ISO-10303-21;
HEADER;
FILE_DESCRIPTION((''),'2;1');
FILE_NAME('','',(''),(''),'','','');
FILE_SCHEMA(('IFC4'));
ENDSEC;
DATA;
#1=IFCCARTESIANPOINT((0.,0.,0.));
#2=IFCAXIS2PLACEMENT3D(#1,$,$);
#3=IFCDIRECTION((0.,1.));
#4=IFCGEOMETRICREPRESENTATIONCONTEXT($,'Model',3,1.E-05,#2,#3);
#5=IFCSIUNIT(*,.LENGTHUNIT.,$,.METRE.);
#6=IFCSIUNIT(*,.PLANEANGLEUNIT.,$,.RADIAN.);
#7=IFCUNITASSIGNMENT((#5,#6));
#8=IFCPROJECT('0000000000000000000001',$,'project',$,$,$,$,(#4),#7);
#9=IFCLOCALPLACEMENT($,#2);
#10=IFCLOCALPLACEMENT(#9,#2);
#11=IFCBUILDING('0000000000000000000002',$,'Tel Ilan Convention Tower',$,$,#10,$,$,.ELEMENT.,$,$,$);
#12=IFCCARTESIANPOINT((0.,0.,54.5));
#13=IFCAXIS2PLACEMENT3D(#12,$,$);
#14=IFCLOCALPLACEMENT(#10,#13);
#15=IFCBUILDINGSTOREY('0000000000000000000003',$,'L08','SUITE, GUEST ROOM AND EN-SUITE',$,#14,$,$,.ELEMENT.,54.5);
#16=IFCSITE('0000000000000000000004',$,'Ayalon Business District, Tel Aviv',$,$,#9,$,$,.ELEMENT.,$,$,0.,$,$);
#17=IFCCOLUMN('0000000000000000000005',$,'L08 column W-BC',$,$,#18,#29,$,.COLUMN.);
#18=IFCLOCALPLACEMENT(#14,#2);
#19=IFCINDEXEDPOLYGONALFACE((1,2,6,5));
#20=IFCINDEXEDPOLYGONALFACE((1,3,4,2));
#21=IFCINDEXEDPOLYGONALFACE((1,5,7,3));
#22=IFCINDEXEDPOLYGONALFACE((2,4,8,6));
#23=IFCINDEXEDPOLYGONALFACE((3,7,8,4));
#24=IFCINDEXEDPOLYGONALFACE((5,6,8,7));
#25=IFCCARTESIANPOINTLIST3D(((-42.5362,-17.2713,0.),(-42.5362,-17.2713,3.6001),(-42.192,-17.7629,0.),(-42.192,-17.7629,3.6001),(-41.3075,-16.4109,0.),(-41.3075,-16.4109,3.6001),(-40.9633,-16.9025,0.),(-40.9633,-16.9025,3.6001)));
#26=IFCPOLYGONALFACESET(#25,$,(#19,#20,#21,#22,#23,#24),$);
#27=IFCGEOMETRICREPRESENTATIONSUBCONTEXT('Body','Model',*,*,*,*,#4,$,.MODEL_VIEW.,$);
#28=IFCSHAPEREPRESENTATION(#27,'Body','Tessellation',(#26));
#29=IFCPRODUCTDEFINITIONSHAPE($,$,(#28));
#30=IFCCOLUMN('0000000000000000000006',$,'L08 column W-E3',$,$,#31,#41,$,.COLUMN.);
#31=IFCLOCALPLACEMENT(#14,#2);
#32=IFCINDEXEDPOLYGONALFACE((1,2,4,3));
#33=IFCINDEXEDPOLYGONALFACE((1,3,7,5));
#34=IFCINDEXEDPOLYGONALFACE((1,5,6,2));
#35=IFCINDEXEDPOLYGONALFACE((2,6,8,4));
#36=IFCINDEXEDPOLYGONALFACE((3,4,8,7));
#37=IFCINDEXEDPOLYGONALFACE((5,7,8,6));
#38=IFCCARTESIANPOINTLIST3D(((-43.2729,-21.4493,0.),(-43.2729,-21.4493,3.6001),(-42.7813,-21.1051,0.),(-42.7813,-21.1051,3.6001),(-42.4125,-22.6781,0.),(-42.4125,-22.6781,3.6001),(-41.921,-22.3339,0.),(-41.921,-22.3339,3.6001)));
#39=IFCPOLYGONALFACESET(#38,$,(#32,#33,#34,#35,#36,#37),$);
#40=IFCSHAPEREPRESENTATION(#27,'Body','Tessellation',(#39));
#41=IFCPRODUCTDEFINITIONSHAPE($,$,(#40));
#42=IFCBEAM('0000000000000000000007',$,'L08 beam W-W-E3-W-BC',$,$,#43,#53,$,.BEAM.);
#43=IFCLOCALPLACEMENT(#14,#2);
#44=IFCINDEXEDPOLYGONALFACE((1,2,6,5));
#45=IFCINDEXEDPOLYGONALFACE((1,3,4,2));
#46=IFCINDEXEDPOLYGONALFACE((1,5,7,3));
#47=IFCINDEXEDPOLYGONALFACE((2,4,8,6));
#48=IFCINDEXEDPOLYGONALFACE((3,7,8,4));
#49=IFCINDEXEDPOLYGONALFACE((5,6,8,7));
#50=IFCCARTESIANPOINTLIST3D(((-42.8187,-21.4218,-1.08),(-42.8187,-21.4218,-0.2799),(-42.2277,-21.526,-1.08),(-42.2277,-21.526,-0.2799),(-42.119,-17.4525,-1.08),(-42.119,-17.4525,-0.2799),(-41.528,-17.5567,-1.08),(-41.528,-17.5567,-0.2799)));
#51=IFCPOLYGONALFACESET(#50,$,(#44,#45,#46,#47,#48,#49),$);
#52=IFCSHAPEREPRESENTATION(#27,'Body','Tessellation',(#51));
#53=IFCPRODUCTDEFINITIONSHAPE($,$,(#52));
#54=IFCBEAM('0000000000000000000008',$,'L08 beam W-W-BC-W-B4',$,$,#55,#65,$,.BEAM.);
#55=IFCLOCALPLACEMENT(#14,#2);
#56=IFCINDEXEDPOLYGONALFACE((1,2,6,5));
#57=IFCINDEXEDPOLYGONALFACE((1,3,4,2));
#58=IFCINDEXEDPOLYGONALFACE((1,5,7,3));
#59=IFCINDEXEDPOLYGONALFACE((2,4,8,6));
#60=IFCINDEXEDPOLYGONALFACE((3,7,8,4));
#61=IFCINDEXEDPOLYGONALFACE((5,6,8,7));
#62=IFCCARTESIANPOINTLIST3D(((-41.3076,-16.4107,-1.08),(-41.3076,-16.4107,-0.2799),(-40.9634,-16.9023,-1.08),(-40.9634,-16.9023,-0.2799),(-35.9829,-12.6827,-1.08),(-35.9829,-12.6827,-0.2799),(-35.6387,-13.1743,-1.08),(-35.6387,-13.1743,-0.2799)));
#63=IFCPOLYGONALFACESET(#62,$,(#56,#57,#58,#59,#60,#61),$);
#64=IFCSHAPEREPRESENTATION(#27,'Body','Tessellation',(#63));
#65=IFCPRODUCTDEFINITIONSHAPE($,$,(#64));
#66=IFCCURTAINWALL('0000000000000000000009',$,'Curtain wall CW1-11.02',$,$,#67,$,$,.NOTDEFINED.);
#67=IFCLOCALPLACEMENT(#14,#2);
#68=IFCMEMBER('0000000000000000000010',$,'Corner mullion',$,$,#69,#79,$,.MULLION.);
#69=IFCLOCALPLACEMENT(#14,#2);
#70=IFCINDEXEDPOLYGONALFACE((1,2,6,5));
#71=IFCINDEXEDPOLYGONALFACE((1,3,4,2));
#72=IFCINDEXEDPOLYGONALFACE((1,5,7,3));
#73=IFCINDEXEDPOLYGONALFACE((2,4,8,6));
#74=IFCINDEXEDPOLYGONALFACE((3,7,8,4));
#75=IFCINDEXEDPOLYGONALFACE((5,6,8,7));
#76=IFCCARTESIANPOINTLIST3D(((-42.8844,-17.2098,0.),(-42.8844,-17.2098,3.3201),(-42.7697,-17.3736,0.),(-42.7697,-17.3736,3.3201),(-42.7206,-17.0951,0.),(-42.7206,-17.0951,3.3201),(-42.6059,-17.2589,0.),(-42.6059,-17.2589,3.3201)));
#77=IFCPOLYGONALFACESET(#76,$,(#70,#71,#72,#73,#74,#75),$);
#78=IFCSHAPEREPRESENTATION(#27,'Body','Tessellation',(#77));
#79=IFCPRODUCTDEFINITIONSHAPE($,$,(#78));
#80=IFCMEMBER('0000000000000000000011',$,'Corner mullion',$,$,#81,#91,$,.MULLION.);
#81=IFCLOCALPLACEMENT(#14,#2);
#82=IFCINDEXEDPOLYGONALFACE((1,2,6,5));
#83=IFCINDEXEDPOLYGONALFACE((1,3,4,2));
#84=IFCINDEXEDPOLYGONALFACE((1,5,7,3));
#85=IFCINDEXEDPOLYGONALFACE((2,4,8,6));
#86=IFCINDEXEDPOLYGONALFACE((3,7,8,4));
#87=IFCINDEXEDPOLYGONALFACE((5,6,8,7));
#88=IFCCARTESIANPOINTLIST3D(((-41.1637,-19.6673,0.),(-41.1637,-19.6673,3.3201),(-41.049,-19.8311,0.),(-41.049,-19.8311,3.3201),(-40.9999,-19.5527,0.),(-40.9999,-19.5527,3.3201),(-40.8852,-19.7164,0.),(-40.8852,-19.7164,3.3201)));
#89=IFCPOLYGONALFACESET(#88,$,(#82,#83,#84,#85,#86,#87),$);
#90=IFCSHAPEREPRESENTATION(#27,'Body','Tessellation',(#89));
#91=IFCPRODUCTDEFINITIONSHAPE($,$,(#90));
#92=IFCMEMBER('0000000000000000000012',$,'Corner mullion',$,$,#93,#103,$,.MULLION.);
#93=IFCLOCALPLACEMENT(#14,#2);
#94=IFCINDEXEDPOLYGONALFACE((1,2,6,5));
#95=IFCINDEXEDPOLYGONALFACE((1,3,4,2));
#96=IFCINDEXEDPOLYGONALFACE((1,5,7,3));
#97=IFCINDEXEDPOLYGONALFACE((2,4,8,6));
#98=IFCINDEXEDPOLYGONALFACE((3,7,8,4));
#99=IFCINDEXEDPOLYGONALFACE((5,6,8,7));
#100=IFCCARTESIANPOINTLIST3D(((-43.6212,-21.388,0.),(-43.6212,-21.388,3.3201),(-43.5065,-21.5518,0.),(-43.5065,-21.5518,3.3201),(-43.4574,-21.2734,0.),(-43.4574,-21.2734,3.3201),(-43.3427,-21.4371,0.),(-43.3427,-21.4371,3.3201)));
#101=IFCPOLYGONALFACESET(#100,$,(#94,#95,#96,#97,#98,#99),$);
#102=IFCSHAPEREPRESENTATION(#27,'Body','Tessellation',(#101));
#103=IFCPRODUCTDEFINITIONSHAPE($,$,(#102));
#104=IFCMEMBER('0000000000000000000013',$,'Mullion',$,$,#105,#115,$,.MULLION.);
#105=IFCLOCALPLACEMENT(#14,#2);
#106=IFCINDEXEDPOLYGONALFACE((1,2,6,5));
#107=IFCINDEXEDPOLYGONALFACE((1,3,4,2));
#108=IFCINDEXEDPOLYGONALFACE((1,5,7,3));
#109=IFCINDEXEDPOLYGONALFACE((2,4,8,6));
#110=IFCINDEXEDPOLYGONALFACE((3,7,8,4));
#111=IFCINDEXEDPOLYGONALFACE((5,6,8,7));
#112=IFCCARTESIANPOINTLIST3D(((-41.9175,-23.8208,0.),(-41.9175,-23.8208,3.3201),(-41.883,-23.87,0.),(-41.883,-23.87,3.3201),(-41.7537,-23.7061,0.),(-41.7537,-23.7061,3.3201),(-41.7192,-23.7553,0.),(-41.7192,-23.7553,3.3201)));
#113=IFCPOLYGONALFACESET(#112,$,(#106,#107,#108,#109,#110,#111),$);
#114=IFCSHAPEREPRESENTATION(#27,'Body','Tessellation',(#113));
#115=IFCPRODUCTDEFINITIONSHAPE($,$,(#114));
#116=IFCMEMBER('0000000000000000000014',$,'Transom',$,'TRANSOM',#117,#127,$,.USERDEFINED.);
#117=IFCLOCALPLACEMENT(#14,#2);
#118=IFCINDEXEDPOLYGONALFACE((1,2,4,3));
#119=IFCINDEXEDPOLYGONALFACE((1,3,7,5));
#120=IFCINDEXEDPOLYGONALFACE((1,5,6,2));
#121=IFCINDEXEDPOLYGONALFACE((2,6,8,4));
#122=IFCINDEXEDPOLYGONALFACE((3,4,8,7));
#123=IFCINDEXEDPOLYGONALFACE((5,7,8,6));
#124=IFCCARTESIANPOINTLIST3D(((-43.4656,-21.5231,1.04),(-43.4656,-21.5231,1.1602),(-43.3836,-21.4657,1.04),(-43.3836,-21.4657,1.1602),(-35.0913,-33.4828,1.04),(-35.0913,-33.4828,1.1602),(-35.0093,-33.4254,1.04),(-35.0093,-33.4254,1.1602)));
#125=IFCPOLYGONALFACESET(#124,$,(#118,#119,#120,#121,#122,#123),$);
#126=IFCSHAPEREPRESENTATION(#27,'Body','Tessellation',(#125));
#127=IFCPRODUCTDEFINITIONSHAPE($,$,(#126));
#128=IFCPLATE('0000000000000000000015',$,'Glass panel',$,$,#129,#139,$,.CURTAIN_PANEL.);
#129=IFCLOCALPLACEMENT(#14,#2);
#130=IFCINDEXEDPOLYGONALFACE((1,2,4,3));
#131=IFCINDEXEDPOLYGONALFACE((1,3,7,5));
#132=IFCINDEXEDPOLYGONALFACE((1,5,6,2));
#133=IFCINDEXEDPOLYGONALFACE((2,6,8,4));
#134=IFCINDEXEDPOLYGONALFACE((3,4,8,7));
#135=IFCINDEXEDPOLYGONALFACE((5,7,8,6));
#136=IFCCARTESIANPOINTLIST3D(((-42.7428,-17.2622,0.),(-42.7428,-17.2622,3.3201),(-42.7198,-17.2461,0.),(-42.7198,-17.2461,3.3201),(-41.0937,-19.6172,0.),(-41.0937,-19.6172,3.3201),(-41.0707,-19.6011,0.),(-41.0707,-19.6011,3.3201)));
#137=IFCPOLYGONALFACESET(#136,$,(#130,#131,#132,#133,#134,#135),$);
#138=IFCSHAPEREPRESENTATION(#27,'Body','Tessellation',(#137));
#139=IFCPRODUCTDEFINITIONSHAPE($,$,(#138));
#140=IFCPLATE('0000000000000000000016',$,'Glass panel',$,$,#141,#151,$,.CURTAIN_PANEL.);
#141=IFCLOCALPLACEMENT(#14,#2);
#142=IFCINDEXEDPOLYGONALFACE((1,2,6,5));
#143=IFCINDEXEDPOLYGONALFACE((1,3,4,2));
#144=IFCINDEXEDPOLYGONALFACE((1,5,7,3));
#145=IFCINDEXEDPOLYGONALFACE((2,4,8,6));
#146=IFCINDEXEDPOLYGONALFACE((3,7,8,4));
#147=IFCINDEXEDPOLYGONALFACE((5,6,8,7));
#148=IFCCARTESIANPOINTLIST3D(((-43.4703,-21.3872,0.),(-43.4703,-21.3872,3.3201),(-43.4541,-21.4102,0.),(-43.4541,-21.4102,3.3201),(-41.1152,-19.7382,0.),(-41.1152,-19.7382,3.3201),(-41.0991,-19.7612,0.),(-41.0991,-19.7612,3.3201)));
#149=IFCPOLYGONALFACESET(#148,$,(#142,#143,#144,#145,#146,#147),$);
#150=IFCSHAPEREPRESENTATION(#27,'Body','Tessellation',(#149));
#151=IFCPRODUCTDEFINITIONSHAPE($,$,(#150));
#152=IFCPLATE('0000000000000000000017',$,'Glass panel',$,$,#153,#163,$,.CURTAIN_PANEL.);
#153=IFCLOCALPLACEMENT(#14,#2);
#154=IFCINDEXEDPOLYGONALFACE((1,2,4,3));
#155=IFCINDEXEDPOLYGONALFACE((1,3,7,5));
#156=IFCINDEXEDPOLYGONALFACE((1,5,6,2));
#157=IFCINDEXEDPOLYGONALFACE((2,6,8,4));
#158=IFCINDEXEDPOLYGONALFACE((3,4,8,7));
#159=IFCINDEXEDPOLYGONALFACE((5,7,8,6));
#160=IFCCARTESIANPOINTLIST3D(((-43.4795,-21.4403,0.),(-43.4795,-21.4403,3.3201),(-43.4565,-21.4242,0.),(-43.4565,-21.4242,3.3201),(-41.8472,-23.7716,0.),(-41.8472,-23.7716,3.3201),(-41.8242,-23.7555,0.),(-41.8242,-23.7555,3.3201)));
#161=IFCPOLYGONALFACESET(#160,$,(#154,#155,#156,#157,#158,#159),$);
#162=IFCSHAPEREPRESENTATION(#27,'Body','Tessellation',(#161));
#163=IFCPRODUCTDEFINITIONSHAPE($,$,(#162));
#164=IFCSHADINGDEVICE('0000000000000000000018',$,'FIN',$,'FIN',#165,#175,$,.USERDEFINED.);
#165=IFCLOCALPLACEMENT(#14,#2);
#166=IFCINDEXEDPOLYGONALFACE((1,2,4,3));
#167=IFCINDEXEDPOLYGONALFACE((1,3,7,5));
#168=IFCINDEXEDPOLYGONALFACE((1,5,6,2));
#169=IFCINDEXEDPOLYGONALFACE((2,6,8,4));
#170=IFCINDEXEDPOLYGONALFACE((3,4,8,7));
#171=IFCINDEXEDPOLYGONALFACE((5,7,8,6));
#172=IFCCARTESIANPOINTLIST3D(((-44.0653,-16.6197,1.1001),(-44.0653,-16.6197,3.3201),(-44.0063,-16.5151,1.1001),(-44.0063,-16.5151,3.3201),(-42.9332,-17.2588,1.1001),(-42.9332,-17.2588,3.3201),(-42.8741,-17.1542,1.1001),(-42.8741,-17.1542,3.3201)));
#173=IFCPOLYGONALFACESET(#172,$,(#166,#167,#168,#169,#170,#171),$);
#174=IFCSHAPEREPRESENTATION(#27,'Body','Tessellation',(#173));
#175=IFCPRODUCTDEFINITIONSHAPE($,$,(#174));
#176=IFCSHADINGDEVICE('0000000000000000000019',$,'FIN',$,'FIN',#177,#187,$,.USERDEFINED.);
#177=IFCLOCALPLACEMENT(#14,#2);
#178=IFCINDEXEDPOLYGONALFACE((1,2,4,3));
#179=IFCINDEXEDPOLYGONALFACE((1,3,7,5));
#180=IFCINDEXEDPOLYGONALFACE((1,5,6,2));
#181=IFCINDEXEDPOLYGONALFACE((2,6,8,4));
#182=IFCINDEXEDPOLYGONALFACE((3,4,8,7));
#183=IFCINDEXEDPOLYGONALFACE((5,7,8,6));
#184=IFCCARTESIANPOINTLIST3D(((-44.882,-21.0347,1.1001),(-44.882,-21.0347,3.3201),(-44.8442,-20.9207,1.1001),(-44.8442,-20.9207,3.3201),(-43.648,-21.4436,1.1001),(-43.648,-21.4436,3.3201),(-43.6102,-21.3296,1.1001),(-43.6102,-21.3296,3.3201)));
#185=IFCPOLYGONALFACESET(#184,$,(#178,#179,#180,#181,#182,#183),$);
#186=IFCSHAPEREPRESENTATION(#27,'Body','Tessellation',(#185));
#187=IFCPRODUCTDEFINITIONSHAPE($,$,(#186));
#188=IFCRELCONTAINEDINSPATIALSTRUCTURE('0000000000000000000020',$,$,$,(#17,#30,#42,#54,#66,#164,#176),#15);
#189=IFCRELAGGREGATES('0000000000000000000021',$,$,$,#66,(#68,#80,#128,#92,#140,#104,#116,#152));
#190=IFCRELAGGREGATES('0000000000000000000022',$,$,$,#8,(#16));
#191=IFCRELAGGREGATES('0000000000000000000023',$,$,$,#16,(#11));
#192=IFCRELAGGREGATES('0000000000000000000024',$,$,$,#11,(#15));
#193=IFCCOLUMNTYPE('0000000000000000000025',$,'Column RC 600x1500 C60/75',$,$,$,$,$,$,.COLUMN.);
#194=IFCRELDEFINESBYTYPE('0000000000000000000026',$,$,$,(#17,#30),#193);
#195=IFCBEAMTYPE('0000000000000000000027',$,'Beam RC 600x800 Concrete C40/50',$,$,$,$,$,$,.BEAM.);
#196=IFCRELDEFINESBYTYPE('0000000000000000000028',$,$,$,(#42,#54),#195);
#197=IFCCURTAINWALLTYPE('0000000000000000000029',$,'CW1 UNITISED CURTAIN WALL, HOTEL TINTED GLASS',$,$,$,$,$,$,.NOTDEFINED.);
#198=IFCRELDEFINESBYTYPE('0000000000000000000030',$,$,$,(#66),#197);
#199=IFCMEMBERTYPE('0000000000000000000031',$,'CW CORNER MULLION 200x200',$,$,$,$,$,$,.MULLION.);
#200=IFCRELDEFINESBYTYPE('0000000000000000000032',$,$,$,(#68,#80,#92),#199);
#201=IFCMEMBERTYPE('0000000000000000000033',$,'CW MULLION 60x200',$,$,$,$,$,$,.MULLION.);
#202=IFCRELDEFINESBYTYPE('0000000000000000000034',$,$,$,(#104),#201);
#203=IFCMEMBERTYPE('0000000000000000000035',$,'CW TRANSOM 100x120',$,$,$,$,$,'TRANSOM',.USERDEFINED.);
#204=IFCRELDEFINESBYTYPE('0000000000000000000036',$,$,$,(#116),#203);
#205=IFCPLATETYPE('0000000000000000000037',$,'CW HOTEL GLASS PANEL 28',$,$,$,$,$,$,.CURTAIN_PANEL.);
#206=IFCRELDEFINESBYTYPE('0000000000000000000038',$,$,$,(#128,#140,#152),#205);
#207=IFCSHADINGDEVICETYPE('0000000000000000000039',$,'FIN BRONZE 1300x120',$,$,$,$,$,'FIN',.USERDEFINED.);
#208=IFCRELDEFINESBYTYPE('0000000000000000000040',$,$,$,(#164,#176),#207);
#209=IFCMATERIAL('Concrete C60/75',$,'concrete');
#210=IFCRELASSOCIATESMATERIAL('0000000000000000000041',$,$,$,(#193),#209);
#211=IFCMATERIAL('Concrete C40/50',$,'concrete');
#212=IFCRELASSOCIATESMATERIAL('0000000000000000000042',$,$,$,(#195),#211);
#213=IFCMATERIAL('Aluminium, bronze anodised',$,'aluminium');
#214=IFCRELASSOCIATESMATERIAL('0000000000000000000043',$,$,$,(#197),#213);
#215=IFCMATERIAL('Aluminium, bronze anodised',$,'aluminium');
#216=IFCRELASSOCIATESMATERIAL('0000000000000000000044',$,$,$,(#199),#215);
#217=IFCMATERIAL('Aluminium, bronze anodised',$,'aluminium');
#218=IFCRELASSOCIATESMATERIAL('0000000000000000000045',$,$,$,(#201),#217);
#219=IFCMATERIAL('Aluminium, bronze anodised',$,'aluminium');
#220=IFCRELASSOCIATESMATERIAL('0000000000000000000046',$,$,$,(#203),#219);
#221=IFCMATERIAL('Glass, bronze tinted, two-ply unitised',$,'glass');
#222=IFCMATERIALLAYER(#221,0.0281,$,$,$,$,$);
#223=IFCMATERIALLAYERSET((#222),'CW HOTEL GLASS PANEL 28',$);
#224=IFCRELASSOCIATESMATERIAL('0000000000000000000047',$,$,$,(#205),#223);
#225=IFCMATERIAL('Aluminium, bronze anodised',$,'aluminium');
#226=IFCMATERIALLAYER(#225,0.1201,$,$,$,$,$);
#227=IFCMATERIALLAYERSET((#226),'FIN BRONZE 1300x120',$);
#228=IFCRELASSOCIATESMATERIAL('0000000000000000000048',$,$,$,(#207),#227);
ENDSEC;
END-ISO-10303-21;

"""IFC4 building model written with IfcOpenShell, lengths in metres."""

from ifc_helpers import new_model, si_unit, direction, frame, origin, origin_2d, place, context, subcontext, project, spatial, rectangle, extrude, material, layer, layer_set, material_profile, profile_set, type_object, element, aggregate, save


model = new_model("IFC4")

# Units and contexts
model_context = context("Model", 3, precision=1e-05, world=origin(), true_north=direction((0.0, 1.0)))
body_context = subcontext(model_context, "Body", "Model", "MODEL_VIEW")
ifc_project = project(units=[si_unit("LENGTHUNIT", "METRE"), si_unit("PLANEANGLEUNIT", "RADIAN")], contexts=[model_context])

# Site, building, storey
site_placement = place(None, origin())
site = spatial("IfcSite", under=ifc_project, at=site_placement, Name="Ayalon Business District, Tel Aviv", CompositionType="ELEMENT", RefElevation=0.0)
building_placement = place(site_placement, origin())
building = spatial("IfcBuilding", under=site, at=building_placement, Name="Tel Ilan Convention Tower", CompositionType="ELEMENT")
storey_placement = place(building_placement, frame((0.0, 0.0, 54.5)))
storey = spatial("IfcBuildingStorey", under=building, at=storey_placement, Name="L08", Description="SUITE, GUEST ROOM AND EN-SUITE", CompositionType="ELEMENT", Elevation=54.5)

# Columns
ifc_material_1 = material(Name="Concrete C60/75", Category="concrete")
ifc_material_profile_1 = material_profile(ifc_material_1, rectangle(XDim=1.5, YDim=0.6001, at=origin_2d()), Name="RC 600x1500")
ifc_profile_set_1 = profile_set([ifc_material_profile_1], Name="Concrete C60/75")
column_type = type_object("IfcColumnType", Name="Column RC 600x1500 C60/75", PredefinedType="COLUMN", material=ifc_profile_set_1)
for number, where, z_axis, x_axis, name in (
    (1, (-41.7498, -17.0869, 0.0), (0.0, 0.0, 1.0), (-0.819152, -0.573576, 0.0), "L08 column W-BC"),
    (2, (-42.5969, -21.8916, 0.0), (0.0, 0.0, 1.0), (-0.573576, 0.819152, 0.0), "L08 column W-E3"),
):
    element("IfcColumn", number, at=place(storey_placement, frame(where, z_axis=z_axis, x_axis=x_axis)), inside=storey, type_object=column_type, Name=name, PredefinedType="COLUMN", context=body_context, shape_type="SweptSolid", body=[
        extrude(rectangle(XDim=1.5, YDim=0.6001, at=origin_2d()), origin(), (0.0, 0.0, 1.0), 3.6001),
    ])

# Beams
ifc_material_2 = material(Name="Concrete C40/50", Category="concrete")
ifc_material_profile_2 = material_profile(ifc_material_2, rectangle(XDim=0.6001, YDim=0.8, at=origin_2d()), Name="RC 600x800")
ifc_profile_set_2 = profile_set([ifc_material_profile_2], Name="Concrete C40/50")
beam_type = type_object("IfcBeamType", Name="Beam RC 600x800 Concrete C40/50", PredefinedType="BEAM", material=ifc_profile_set_2)
beam_1_placement = place(storey_placement, frame((-42.5232, -21.4739, -0.6799), z_axis=(0.173606, 0.984815, 0.0), x_axis=(-0.984815, 0.173606, 0.0)))
element("IfcBeam", 3, at=beam_1_placement, inside=storey, type_object=beam_type, Name="L08 beam W-W-E3-W-BC", PredefinedType="BEAM", context=body_context, shape_type="SweptSolid", body=[
    extrude(rectangle(XDim=0.6001, YDim=0.8, at=origin_2d()), origin(), (0.0, 0.0, 1.0), 4.0305),
])
beam_2_placement = place(storey_placement, frame((-41.1355, -16.6565, -0.6799), z_axis=(0.819179, 0.573538, 0.0), x_axis=(-0.573538, 0.819179, 0.0)))
element("IfcBeam", 4, at=beam_2_placement, inside=storey, type_object=beam_type, Name="L08 beam W-W-BC-W-B4", PredefinedType="BEAM", context=body_context, shape_type="SweptSolid", body=[
    extrude(rectangle(XDim=0.6001, YDim=0.8, at=origin_2d()), origin(), (0.0, 0.0, 1.0), 6.5),
])

# Curtain wall, members, plates
ifc_material_3 = material(Name="Aluminium, bronze anodised", Category="aluminium")
curtain_wall_type = type_object("IfcCurtainWallType", Name="CW1 UNITISED CURTAIN WALL, HOTEL TINTED GLASS", PredefinedType="NOTDEFINED", material=ifc_material_3)
curtain_wall_placement = place(storey_placement, origin())
curtain_wall = element("IfcCurtainWall", 5, at=curtain_wall_placement, inside=storey, type_object=curtain_wall_type, Name="Curtain wall CW1-11.02", PredefinedType="NOTDEFINED")
ifc_material_4 = material(Name="Aluminium, bronze anodised", Category="aluminium")
ifc_material_profile_3 = material_profile(ifc_material_4, rectangle(XDim=0.2, YDim=0.2, at=origin_2d()), Name="CW CORNER MULLION 200x200")
ifc_profile_set_3 = profile_set([ifc_material_profile_3], Name="Aluminium, bronze anodised")
member_type_1 = type_object("IfcMemberType", Name="CW CORNER MULLION 200x200", PredefinedType="MULLION", material=ifc_profile_set_3)
member_1_placement = place(storey_placement, frame((-42.7451, -17.2344, 0.0), z_axis=(0.0, 0.0, 1.0), x_axis=(-0.819152, -0.573576, 0.0)))
member_1 = element("IfcMember", 6, at=member_1_placement, type_object=member_type_1, Name="Corner mullion", PredefinedType="MULLION", context=body_context, shape_type="SweptSolid", body=[
    extrude(rectangle(XDim=0.2, YDim=0.2, at=origin_2d()), origin(), (0.0, 0.0, 1.0), 3.3201),
])
member_2_placement = place(storey_placement, frame((-41.0244, -19.6919, 0.0), z_axis=(0.0, 0.0, 1.0), x_axis=(0.573576, -0.819152, 0.0)))
member_2 = element("IfcMember", 7, at=member_2_placement, type_object=member_type_1, Name="Corner mullion", PredefinedType="MULLION", context=body_context, shape_type="SweptSolid", body=[
    extrude(rectangle(XDim=0.2, YDim=0.2, at=origin_2d()), origin(), (0.0, 0.0, 1.0), 3.3201),
])
member_3_placement = place(storey_placement, frame((-43.4819, -21.4126, 0.0), z_axis=(0.0, 0.0, 1.0), x_axis=(-0.819152, -0.573576, 0.0)))
member_3 = element("IfcMember", 8, at=member_3_placement, type_object=member_type_1, Name="Corner mullion", PredefinedType="MULLION", context=body_context, shape_type="SweptSolid", body=[
    extrude(rectangle(XDim=0.2, YDim=0.2, at=origin_2d()), origin(), (0.0, 0.0, 1.0), 3.3201),
])
ifc_material_5 = material(Name="Aluminium, bronze anodised", Category="aluminium")
ifc_material_profile_4 = material_profile(ifc_material_5, rectangle(XDim=0.0601, YDim=0.2, at=origin_2d()), Name="CW MULLION 60x200")
ifc_profile_set_4 = profile_set([ifc_material_profile_4], Name="Aluminium, bronze anodised")
member_type_2 = type_object("IfcMemberType", Name="CW MULLION 60x200", PredefinedType="MULLION", material=ifc_profile_set_4)
member_4_placement = place(storey_placement, frame((-41.8184, -23.7881, 0.0), z_axis=(0.0, 0.0, 1.0), x_axis=(0.573576, -0.819152, 0.0)))
member_4 = element("IfcMember", 9, at=member_4_placement, type_object=member_type_2, Name="Mullion", PredefinedType="MULLION", context=body_context, shape_type="SweptSolid", body=[
    extrude(rectangle(XDim=0.0601, YDim=0.2, at=origin_2d()), origin(), (0.0, 0.0, 1.0), 3.3201),
])
ifc_material_6 = material(Name="Aluminium, bronze anodised", Category="aluminium")
ifc_material_profile_5 = material_profile(ifc_material_6, rectangle(XDim=0.1001, YDim=0.1201, at=origin_2d()), Name="CW TRANSOM 100x120")
ifc_profile_set_5 = profile_set([ifc_material_profile_5], Name="Aluminium, bronze anodised")
member_type_3 = type_object("IfcMemberType", Name="CW TRANSOM 100x120", ElementType="TRANSOM", PredefinedType="USERDEFINED", material=ifc_profile_set_5)
member_5_placement = place(storey_placement, frame((-43.4246, -21.4944, 1.1001), z_axis=(0.573576, -0.819153, 0.0), x_axis=(0.819153, 0.573576, 0.0)))
member_5 = element("IfcMember", 10, at=member_5_placement, type_object=member_type_3, Name="Transom", ObjectType="TRANSOM", PredefinedType="USERDEFINED", context=body_context, shape_type="SweptSolid", body=[
    extrude(rectangle(XDim=0.1001, YDim=0.1201, at=origin_2d()), origin(), (0.0, 0.0, 1.0), 14.6001),
])
ifc_material_7 = material(Name="Glass, bronze tinted, two-ply unitised", Category="glass")
ifc_layer_1 = layer(ifc_material_7, 0.0281)
ifc_layer_set_1 = layer_set([ifc_layer_1], Name="CW HOTEL GLASS PANEL 28")
plate_type = type_object("IfcPlateType", Name="CW HOTEL GLASS PANEL 28", PredefinedType="CURTAIN_PANEL", material=ifc_layer_set_1)
plate_1_placement = place(storey_placement, frame((-41.9067, -18.4316, 0.0), z_axis=(0.0, 0.0, 1.0), x_axis=(0.573576, -0.819152, 0.0)))
plate_1 = element("IfcPlate", 11, at=plate_1_placement, type_object=plate_type, Name="Glass panel", PredefinedType="CURTAIN_PANEL", context=body_context, shape_type="SweptSolid", body=[
    extrude(rectangle(XDim=2.875, YDim=0.0281, at=origin_2d()), origin(), (0.0, 0.0, 1.0), 3.3201),
])
plate_2_placement = place(storey_placement, frame((-42.2847, -20.5742, 0.0), z_axis=(0.0, 0.0, 1.0), x_axis=(-0.819152, -0.573576, 0.0)))
plate_2 = element("IfcPlate", 12, at=plate_2_placement, type_object=plate_type, Name="Glass panel", PredefinedType="CURTAIN_PANEL", context=body_context, shape_type="SweptSolid", body=[
    extrude(rectangle(XDim=2.875, YDim=0.0281, at=origin_2d()), origin(), (0.0, 0.0, 1.0), 3.3201),
])
plate_3_placement = place(storey_placement, frame((-42.6519, -22.5979, 0.0), z_axis=(0.0, 0.0, 1.0), x_axis=(0.573576, -0.819152, 0.0)))
plate_3 = element("IfcPlate", 13, at=plate_3_placement, type_object=plate_type, Name="Glass panel", PredefinedType="CURTAIN_PANEL", context=body_context, shape_type="SweptSolid", body=[
    extrude(rectangle(XDim=2.8459, YDim=0.0281, at=origin_2d()), origin(), (0.0, 0.0, 1.0), 3.3201),
])
aggregate(curtain_wall, [member_1, member_2, plate_1, member_3, plate_2, member_4, member_5, plate_3])

# Shading devices
ifc_material_8 = material(Name="Aluminium, bronze anodised", Category="aluminium")
ifc_layer_2 = layer(ifc_material_8, 0.1201)
ifc_layer_set_2 = layer_set([ifc_layer_2], Name="FIN BRONZE 1300x120")
shading_device_type = type_object("IfcShadingDeviceType", Name="FIN BRONZE 1300x120", ElementType="FIN", PredefinedType="USERDEFINED", material=ifc_layer_set_2)
for number, where, z_axis, x_axis, name in (
    (14, (-43.4697, -16.887, 1.1001), (0.0, 0.0, 1.0), (-0.870833, 0.491579, 0.0), "FIN"),
    (15, (-44.2461, -21.1821, 1.1001), (0.0, 0.0, 1.0), (-0.949243, 0.314545, 0.0), "FIN"),
):
    element("IfcShadingDevice", number, at=place(storey_placement, frame(where, z_axis=z_axis, x_axis=x_axis)), inside=storey, type_object=shading_device_type, Name=name, ObjectType="FIN", PredefinedType="USERDEFINED", context=body_context, shape_type="SweptSolid", body=[
        extrude(rectangle(XDim=1.3, YDim=0.1201, at=origin_2d()), origin(), (0.0, 0.0, 1.0), 2.22),
    ])

save(model, "model.ifc")
